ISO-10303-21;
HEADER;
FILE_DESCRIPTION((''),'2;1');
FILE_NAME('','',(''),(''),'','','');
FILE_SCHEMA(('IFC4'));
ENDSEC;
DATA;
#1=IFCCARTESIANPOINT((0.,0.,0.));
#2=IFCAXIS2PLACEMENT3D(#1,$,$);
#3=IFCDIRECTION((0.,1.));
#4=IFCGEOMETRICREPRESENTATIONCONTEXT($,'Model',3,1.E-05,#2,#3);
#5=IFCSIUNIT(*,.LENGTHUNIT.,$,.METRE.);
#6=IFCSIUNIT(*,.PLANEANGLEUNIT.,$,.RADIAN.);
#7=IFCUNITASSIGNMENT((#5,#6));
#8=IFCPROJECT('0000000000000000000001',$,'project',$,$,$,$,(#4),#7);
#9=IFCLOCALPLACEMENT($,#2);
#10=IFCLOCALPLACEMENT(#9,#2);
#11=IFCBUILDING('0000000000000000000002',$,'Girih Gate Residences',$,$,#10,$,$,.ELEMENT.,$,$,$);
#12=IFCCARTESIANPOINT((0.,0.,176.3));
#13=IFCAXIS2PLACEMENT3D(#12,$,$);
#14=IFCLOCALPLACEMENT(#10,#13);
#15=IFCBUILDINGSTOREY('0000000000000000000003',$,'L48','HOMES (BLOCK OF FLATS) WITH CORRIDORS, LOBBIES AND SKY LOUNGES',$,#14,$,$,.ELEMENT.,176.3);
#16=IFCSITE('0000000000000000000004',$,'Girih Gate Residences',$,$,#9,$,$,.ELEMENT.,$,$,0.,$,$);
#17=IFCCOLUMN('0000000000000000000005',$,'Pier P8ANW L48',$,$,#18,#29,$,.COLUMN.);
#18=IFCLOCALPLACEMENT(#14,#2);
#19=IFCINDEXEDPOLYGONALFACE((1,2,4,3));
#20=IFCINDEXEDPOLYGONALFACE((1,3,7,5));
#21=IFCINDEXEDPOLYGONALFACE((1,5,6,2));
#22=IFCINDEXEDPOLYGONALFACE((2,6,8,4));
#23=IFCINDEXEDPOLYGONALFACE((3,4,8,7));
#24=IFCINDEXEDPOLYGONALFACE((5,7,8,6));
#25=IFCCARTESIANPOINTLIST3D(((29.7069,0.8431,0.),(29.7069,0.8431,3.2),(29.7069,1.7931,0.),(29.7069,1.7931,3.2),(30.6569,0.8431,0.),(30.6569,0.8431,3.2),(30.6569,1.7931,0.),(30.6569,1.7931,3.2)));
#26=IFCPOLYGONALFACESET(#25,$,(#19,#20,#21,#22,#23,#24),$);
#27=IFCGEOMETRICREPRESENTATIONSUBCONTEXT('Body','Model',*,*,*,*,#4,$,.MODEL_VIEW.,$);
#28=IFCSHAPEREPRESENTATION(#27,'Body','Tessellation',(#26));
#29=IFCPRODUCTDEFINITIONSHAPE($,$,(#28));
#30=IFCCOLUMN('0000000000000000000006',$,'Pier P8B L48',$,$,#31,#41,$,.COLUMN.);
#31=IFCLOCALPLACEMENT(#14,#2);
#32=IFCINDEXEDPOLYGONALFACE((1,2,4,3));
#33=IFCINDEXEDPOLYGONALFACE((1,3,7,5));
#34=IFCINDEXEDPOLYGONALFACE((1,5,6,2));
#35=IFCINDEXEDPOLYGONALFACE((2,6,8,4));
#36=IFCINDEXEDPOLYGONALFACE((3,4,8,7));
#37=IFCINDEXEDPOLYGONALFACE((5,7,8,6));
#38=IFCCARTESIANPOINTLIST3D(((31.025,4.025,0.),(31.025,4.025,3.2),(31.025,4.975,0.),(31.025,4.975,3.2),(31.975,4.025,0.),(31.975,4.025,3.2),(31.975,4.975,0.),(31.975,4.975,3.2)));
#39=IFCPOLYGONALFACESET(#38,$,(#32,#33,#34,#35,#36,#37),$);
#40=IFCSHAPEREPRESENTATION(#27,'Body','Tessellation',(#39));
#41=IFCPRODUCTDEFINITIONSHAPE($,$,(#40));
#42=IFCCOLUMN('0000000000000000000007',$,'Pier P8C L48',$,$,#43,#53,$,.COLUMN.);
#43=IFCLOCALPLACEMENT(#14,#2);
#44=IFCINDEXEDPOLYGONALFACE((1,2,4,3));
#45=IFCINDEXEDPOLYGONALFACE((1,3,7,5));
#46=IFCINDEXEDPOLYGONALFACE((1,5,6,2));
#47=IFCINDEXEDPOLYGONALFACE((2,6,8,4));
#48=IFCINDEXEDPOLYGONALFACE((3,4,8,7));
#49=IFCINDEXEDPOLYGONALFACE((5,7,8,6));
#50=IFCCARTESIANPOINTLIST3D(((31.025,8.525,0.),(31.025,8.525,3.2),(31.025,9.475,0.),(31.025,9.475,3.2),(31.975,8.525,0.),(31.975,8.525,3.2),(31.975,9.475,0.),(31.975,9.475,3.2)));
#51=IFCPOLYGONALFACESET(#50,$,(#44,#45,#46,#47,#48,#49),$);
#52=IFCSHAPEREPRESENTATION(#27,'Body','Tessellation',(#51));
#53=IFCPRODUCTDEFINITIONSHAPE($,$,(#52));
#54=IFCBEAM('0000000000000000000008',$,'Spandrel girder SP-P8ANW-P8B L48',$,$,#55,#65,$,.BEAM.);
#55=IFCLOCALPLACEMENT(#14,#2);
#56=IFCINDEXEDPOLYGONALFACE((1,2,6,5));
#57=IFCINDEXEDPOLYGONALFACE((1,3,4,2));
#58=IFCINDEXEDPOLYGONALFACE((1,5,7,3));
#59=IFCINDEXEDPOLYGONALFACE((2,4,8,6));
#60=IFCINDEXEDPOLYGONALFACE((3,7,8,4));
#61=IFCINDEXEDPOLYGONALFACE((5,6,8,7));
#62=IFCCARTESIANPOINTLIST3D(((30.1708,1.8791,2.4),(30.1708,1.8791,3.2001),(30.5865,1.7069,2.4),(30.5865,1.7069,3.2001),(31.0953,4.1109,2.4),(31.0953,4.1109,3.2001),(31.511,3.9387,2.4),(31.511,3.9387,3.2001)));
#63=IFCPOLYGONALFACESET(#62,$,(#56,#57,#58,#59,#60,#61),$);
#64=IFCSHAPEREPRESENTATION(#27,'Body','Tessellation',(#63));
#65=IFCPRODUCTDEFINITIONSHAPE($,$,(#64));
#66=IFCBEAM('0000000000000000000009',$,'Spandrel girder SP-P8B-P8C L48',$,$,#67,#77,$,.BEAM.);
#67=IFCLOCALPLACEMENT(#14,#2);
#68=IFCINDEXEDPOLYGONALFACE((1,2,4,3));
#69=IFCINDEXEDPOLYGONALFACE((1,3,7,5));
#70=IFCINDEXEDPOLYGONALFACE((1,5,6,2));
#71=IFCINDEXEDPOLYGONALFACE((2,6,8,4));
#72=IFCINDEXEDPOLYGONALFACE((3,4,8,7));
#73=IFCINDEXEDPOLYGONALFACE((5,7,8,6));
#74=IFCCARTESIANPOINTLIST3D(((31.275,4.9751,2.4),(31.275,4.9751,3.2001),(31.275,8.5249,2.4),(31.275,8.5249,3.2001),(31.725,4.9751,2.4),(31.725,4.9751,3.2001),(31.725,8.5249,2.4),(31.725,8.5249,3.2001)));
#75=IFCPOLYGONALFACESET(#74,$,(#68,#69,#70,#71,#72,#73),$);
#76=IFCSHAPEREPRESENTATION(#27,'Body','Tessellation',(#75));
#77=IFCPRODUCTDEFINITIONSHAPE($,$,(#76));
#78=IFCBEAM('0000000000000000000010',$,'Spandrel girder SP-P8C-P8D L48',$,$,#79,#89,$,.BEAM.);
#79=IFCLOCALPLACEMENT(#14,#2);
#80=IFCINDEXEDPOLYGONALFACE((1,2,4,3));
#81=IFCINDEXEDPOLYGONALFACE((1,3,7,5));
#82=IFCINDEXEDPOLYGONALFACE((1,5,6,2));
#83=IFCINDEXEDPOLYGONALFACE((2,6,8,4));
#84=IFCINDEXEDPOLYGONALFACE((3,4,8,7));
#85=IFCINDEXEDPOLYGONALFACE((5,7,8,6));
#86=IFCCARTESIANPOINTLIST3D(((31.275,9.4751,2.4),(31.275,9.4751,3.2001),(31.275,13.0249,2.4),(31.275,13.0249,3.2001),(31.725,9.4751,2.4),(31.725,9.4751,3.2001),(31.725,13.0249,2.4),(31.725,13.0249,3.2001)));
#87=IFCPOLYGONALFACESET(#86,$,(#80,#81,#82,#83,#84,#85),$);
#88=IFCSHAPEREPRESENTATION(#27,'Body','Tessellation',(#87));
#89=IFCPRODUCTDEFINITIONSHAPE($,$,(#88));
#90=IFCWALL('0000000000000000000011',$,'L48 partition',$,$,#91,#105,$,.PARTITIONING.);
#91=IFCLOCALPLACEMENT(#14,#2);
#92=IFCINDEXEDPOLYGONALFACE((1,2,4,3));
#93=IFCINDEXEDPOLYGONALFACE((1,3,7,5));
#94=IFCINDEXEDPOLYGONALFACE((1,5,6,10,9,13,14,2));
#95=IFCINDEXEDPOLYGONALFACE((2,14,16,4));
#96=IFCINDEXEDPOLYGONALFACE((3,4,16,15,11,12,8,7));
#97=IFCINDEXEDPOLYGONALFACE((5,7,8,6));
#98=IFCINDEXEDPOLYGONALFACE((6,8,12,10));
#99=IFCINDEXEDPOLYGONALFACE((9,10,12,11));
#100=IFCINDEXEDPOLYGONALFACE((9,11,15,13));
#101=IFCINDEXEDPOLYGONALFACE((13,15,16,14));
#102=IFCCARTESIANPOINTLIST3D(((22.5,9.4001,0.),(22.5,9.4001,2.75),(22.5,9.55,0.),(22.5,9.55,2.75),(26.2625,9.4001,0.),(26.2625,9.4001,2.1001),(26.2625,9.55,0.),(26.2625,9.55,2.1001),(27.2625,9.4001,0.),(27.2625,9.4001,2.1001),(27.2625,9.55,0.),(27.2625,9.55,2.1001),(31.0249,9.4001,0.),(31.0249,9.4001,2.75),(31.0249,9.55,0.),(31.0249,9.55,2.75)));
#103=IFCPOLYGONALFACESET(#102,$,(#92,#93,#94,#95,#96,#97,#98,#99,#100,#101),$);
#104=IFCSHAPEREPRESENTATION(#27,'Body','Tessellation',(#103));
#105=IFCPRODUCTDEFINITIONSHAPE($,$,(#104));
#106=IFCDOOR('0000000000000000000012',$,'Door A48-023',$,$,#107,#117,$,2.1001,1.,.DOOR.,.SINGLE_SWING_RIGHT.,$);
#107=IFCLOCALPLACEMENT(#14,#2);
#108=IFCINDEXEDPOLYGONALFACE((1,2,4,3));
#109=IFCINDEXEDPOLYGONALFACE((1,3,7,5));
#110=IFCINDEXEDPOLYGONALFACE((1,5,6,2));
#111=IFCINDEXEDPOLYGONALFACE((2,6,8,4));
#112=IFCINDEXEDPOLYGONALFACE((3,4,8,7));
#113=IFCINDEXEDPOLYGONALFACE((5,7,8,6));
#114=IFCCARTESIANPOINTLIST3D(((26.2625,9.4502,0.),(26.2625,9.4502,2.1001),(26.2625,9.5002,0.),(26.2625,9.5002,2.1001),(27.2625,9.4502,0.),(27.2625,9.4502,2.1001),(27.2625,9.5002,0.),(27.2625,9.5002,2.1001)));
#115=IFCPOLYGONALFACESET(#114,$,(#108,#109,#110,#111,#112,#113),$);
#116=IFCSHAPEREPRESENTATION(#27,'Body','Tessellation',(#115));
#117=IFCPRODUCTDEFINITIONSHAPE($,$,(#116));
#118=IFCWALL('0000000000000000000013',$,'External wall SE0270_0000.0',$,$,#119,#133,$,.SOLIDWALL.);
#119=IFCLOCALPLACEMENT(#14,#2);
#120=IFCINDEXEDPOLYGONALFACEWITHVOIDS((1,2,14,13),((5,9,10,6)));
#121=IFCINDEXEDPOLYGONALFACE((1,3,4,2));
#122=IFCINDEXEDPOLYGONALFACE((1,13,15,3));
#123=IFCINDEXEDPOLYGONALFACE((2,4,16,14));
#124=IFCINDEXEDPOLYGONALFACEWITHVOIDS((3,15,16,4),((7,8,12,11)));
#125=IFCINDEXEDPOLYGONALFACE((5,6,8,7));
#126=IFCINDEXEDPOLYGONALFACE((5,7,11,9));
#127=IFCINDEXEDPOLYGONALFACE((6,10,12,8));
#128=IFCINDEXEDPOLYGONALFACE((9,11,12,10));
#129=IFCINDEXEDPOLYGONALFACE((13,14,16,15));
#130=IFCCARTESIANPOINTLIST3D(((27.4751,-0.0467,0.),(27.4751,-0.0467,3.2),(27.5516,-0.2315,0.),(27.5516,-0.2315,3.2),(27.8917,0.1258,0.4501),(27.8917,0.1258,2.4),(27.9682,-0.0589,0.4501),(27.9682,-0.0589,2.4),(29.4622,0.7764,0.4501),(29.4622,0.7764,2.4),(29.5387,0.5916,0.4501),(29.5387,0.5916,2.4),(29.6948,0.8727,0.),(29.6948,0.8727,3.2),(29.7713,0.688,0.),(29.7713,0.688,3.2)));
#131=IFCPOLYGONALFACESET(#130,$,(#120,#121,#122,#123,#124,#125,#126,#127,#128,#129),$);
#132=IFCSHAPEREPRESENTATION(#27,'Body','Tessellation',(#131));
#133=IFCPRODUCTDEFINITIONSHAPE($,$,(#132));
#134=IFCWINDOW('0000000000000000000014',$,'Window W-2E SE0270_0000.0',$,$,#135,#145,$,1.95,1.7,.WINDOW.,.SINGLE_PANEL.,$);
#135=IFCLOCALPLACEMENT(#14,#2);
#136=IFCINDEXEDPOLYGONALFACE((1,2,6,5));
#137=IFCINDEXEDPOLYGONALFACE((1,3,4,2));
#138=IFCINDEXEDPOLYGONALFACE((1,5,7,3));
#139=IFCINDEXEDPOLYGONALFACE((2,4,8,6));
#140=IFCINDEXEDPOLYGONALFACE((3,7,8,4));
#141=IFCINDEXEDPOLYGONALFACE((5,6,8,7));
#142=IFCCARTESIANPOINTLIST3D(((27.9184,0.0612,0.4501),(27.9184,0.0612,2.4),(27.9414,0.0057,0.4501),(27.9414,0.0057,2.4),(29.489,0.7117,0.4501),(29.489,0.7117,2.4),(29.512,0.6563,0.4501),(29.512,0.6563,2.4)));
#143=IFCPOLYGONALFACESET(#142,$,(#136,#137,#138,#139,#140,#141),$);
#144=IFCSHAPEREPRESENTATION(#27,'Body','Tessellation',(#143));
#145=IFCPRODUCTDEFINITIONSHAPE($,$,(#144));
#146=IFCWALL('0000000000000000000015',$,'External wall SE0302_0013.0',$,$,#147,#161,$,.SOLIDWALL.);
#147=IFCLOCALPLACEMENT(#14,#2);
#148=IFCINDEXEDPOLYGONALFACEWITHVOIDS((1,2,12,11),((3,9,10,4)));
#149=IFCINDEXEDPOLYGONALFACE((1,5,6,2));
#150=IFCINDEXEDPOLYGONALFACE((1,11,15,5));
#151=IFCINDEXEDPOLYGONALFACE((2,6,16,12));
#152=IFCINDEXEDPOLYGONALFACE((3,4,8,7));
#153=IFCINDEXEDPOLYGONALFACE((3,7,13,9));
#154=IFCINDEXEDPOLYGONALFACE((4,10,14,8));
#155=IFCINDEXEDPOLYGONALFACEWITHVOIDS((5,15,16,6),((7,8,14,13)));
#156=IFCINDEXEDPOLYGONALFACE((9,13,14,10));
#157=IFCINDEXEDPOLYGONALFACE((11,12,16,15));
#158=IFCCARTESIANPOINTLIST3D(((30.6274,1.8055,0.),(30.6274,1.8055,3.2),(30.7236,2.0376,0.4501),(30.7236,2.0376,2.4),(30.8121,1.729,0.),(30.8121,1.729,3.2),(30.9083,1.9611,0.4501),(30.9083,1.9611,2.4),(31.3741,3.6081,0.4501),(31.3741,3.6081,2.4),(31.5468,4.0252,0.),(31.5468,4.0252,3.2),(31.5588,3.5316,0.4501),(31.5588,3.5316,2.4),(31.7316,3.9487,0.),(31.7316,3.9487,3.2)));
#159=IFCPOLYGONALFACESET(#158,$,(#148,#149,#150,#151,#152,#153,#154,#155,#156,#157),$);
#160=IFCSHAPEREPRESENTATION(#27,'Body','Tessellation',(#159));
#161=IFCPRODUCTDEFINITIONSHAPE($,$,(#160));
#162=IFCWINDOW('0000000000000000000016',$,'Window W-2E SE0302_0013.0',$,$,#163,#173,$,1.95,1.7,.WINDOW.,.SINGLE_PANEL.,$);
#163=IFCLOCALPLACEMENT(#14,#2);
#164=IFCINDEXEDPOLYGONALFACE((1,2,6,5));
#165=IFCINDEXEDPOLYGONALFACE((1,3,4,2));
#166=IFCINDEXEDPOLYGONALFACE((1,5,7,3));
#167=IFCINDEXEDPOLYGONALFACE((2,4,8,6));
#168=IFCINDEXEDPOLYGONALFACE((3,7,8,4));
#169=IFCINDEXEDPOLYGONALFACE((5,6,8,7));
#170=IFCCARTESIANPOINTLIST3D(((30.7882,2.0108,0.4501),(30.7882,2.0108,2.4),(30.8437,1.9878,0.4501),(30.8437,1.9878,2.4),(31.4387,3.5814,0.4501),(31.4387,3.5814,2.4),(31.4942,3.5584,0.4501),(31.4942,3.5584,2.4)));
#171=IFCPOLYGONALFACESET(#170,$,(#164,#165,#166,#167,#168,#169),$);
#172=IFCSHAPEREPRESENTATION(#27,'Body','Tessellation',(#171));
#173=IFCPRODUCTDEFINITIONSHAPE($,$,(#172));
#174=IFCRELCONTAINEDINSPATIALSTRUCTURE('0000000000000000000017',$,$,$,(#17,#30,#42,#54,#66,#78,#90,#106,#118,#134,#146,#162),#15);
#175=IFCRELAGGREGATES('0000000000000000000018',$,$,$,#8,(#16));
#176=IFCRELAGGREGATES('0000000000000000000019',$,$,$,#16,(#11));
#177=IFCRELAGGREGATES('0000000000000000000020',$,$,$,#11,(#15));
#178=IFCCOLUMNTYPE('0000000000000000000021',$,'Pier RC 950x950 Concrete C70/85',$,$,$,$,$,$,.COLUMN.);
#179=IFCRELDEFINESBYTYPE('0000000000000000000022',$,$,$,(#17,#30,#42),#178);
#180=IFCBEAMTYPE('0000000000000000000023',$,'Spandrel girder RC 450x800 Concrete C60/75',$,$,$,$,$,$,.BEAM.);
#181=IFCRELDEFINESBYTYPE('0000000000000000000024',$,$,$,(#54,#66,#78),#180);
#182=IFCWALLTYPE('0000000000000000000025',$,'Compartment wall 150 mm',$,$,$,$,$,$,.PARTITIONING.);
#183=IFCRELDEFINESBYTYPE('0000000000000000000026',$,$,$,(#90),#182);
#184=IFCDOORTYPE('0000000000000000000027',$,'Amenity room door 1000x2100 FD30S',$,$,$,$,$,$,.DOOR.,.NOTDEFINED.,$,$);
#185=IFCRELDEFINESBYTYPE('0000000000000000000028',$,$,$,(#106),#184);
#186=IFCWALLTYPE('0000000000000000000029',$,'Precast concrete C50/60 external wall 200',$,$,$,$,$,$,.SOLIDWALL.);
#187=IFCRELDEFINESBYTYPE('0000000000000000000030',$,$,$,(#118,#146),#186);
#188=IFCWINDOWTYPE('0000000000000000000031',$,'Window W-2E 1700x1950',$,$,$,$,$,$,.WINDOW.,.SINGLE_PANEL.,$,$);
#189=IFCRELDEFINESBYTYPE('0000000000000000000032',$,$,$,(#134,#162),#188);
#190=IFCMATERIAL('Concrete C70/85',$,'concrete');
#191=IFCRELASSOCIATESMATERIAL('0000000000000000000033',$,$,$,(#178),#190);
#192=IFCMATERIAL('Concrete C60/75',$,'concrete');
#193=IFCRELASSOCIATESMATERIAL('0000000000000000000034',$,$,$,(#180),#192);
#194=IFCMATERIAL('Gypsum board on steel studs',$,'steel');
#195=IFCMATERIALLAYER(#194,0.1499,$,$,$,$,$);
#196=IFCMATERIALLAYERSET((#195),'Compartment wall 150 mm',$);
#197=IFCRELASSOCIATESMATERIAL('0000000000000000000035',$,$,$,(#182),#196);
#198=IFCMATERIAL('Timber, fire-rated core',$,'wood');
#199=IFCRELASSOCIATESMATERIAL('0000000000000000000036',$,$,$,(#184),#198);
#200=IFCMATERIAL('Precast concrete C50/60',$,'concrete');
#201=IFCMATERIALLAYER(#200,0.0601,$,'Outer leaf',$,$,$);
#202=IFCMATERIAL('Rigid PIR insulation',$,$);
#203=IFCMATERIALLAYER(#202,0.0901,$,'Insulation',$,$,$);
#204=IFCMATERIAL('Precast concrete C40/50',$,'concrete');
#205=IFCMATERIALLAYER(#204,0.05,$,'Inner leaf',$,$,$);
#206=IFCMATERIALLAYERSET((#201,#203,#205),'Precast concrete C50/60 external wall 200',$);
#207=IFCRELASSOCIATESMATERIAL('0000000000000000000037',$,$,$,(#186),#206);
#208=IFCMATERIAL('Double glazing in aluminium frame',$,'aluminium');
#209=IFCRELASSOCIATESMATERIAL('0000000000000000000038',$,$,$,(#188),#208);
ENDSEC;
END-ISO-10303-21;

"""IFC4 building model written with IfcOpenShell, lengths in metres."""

from ifc_helpers import new_model, si_unit, direction, frame, frame_2d, origin, origin_2d, place, context, subcontext, project, spatial, rectangle, extrude, material, layer, layer_set, material_profile, profile_set, type_object, element, fill, save


model = new_model("IFC4")

# Units and contexts
model_context = context("Model", 3, precision=1e-05, world=origin(), true_north=direction((0.0, 1.0)))
body_context = subcontext(model_context, "Body", "Model", "MODEL_VIEW")
ifc_project = project(units=[si_unit("LENGTHUNIT", "METRE"), si_unit("PLANEANGLEUNIT", "RADIAN")], contexts=[model_context])

# Site, building, storey
site_placement = place(None, origin())
site = spatial("IfcSite", under=ifc_project, at=site_placement, Name="Girih Gate Residences", CompositionType="ELEMENT", RefElevation=0.0)
building_placement = place(site_placement, origin())
building = spatial("IfcBuilding", under=site, at=building_placement, Name="Girih Gate Residences", CompositionType="ELEMENT")
storey_placement = place(building_placement, frame((0.0, 0.0, 176.3)))
storey = spatial("IfcBuildingStorey", under=building, at=storey_placement, Name="L48", Description="HOMES (BLOCK OF FLATS) WITH CORRIDORS, LOBBIES AND SKY LOUNGES", CompositionType="ELEMENT", Elevation=176.3)

# Columns
ifc_material_1 = material(Name="Concrete C70/85", Category="concrete")
ifc_material_profile_1 = material_profile(ifc_material_1, rectangle(XDim=0.95, YDim=0.95, at=origin_2d()))
ifc_profile_set_1 = profile_set([ifc_material_profile_1], Name="Concrete C70/85")
column_type = type_object("IfcColumnType", Name="Pier RC 950x950 Concrete C70/85", PredefinedType="COLUMN", material=ifc_profile_set_1)
for number, where, z_axis, x_axis, name in (
    (1, (30.1819, 1.3181, 0.0), (0.0, 0.0, 1.0), (1.0, 0.0, 0.0), "Pier P8ANW L48"),
    (2, (31.5, 4.5, 0.0), (0.0, 0.0, 1.0), (1.0, 0.0, 0.0), "Pier P8B L48"),
    (3, (31.5, 9.0, 0.0), (0.0, 0.0, 1.0), (1.0, 0.0, 0.0), "Pier P8C L48"),
):
    element("IfcColumn", number, at=place(storey_placement, frame(where, z_axis=z_axis, x_axis=x_axis)), inside=storey, type_object=column_type, Name=name, PredefinedType="COLUMN", context=body_context, shape_type="SweptSolid", body=[
        extrude(rectangle(XDim=0.95, YDim=0.95, at=origin_2d()), origin(), (0.0, 0.0, 1.0), 3.2),
    ])

# Beams
ifc_material_2 = material(Name="Concrete C60/75", Category="concrete")
ifc_material_profile_2 = material_profile(ifc_material_2, rectangle(XDim=0.45, YDim=0.8, at=origin_2d()))
ifc_profile_set_2 = profile_set([ifc_material_profile_2], Name="Concrete C60/75")
beam_type = type_object("IfcBeamType", Name="Spandrel girder RC 450x800 Concrete C60/75", PredefinedType="BEAM", material=ifc_profile_set_2)
beam_placement = place(storey_placement, frame((30.3787, 1.793, 2.8), z_axis=(0.382706, 0.92387, 0.0), x_axis=(-0.92387, 0.382706, 0.0)))
element("IfcBeam", 4, at=beam_placement, inside=storey, type_object=beam_type, Name="Spandrel girder SP-P8ANW-P8B L48", PredefinedType="BEAM", context=body_context, shape_type="SweptSolid", body=[
    extrude(rectangle(XDim=0.45, YDim=0.8, at=origin_2d()), origin(), (0.0, 0.0, 1.0), 2.4158),
])
for number, where, z_axis, x_axis, name in (
    (5, (31.5, 4.9751, 2.8), (0.0, 1.0, 0.0), (-1.0, 0.0, 0.0), "Spandrel girder SP-P8B-P8C L48"),
    (6, (31.5, 9.4751, 2.8), (0.0, 1.0, 0.0), (-1.0, 0.0, 0.0), "Spandrel girder SP-P8C-P8D L48"),
):
    element("IfcBeam", number, at=place(storey_placement, frame(where, z_axis=z_axis, x_axis=x_axis)), inside=storey, type_object=beam_type, Name=name, PredefinedType="BEAM", context=body_context, shape_type="SweptSolid", body=[
        extrude(rectangle(XDim=0.45, YDim=0.8, at=origin_2d()), origin(), (0.0, 0.0, 1.0), 3.5498),
    ])

# Wall, opening, door
ifc_material_3 = material(Name="Gypsum board on steel studs", Category="steel")
ifc_layer_1 = layer(ifc_material_3, 0.1499)
ifc_layer_set_1 = layer_set([ifc_layer_1], Name="Compartment wall 150 mm")
wall_type_1 = type_object("IfcWallType", Name="Compartment wall 150 mm", PredefinedType="PARTITIONING", material=ifc_layer_set_1)
wall_1_placement = place(storey_placement, frame((31.0249, 9.4751, 0.0), z_axis=(0.0, 0.0, 1.0), x_axis=(-1.0, 0.0, 0.0)))
wall_1 = element("IfcWall", 7, at=wall_1_placement, inside=storey, type_object=wall_type_1, Name="L48 partition", PredefinedType="PARTITIONING", context=body_context, shape_type="SweptSolid", body=[
    extrude(rectangle(XDim=8.5249, YDim=0.1499, at=frame_2d((4.2625, 0.0))), origin(), (0.0, 0.0, 1.0), 2.75),
])
opening_1_placement = place(wall_1_placement, frame((3.7625, 0.0, 0.0)))
opening_1 = element("IfcOpeningElement", 8, at=opening_1_placement, cuts=wall_1, PredefinedType="OPENING", context=body_context, shape_type="SweptSolid", body=[
    extrude(rectangle(XDim=1.0, YDim=2.1001, at=frame_2d((0.5, 1.05))), frame((0.0, 0.085, 0.0), z_axis=(0.0, -1.0, 0.0), x_axis=(1.0, 0.0, 0.0)), (0.0, 0.0, 1.0), 0.1699),
])
ifc_material_4 = material(Name="Timber, fire-rated core", Category="wood")
door_type_1 = type_object("IfcDoorType", Name="Amenity room door 1000x2100 FD30S", OperationType="NOTDEFINED", PredefinedType="DOOR", material=ifc_material_4)
door_1_placement = place(opening_1_placement, origin())
door_1 = element("IfcDoor", 9, at=door_1_placement, inside=storey, type_object=door_type_1, Name="Door A48-023", OperationType="SINGLE_SWING_RIGHT", OverallHeight=2.1001, OverallWidth=1.0, PredefinedType="DOOR", context=body_context, shape_type="SweptSolid", body=[
    extrude(rectangle(XDim=1.0, YDim=2.1001, at=frame_2d((0.5, 1.05))), frame((0.0, 0.0249, 0.0), z_axis=(0.0, -1.0, 0.0), x_axis=(1.0, 0.0, 0.0)), (0.0, 0.0, 1.0), 0.05),
])
fill(opening_1, door_1)

# Walls, openings, windows
ifc_material_5 = material(Name="Precast concrete C50/60", Category="concrete")
ifc_layer_2 = layer(ifc_material_5, 0.0601, Name="Outer leaf")
ifc_material_6 = material(Name="Rigid PIR insulation")
ifc_layer_3 = layer(ifc_material_6, 0.0901, Name="Insulation")
ifc_material_7 = material(Name="Precast concrete C40/50", Category="concrete")
ifc_layer_4 = layer(ifc_material_7, 0.05, Name="Inner leaf")
ifc_layer_set_2 = layer_set([ifc_layer_2, ifc_layer_3, ifc_layer_4], Name="Precast concrete C50/60 external wall 200")
wall_type_2 = type_object("IfcWallType", Name="Precast concrete C50/60 external wall 200", PredefinedType="SOLIDWALL", material=ifc_layer_set_2)
wall_2_placement = place(storey_placement, frame((29.7329, 0.7803, 0.0), z_axis=(0.0, 0.0, 1.0), x_axis=(-0.923881, -0.382681, 0.0)))
wall_2 = element("IfcWall", 10, at=wall_2_placement, inside=storey, type_object=wall_type_2, Name="External wall SE0270_0000.0", PredefinedType="SOLIDWALL", context=body_context, shape_type="SweptSolid", body=[
    extrude(rectangle(XDim=2.4026, YDim=0.2, at=frame_2d((1.2012, 0.0))), origin(), (0.0, 0.0, 1.0), 3.2),
])
opening_2_placement = place(wall_2_placement, frame((0.2515, 0.0, 0.45)))
opening_2 = element("IfcOpeningElement", 11, at=opening_2_placement, cuts=wall_2, PredefinedType="OPENING", context=body_context, shape_type="SweptSolid", body=[
    extrude(rectangle(XDim=1.7, YDim=1.95, at=frame_2d((0.8501, 0.9751))), frame((0.0, 0.1099, 0.0), z_axis=(0.0, -1.0, 0.0), x_axis=(1.0, 0.0, 0.0)), (0.0, 0.0, 1.0), 0.22),
])
ifc_material_8 = material(Name="Double glazing in aluminium frame", Category="aluminium")
window_type = type_object("IfcWindowType", Name="Window W-2E 1700x1950", PartitioningType="SINGLE_PANEL", PredefinedType="WINDOW", material=ifc_material_8)
window_1_placement = place(opening_2_placement, origin())
window_1 = element("IfcWindow", 12, at=window_1_placement, inside=storey, type_object=window_type, Name="Window W-2E SE0270_0000.0", OverallHeight=1.95, OverallWidth=1.7, PartitioningType="SINGLE_PANEL", PredefinedType="WINDOW", context=body_context, shape_type="SweptSolid", body=[
    extrude(rectangle(XDim=1.7, YDim=1.95, at=frame_2d((0.8501, 0.9751))), frame((0.0, 0.03, 0.0), z_axis=(0.0, -1.0, 0.0), x_axis=(1.0, 0.0, 0.0)), (0.0, 0.0, 1.0), 0.0601),
])
fill(opening_2, window_1)
wall_3_placement = place(storey_placement, frame((31.6392, 3.9868, 0.0), z_axis=(0.0, 0.0, 1.0), x_axis=(-0.382681, -0.923881, 0.0)))
wall_3 = element("IfcWall", 13, at=wall_3_placement, inside=storey, type_object=wall_type_2, Name="External wall SE0302_0013.0", PredefinedType="SOLIDWALL", context=body_context, shape_type="SweptSolid", body=[
    extrude(rectangle(XDim=2.4026, YDim=0.2, at=frame_2d((1.2012, 0.0))), origin(), (0.0, 0.0, 1.0), 3.2),
])
opening_3_placement = place(wall_3_placement, frame((0.4512, 0.0, 0.45)))
opening_3 = element("IfcOpeningElement", 14, at=opening_3_placement, cuts=wall_3, PredefinedType="OPENING", context=body_context, shape_type="SweptSolid", body=[
    extrude(rectangle(XDim=1.7, YDim=1.95, at=frame_2d((0.8501, 0.9751))), frame((0.0, 0.1099, 0.0), z_axis=(0.0, -1.0, 0.0), x_axis=(1.0, 0.0, 0.0)), (0.0, 0.0, 1.0), 0.22),
])
window_2_placement = place(opening_3_placement, origin())
window_2 = element("IfcWindow", 15, at=window_2_placement, inside=storey, type_object=window_type, Name="Window W-2E SE0302_0013.0", OverallHeight=1.95, OverallWidth=1.7, PartitioningType="SINGLE_PANEL", PredefinedType="WINDOW", context=body_context, shape_type="SweptSolid", body=[
    extrude(rectangle(XDim=1.7, YDim=1.95, at=frame_2d((0.8501, 0.9751))), frame((0.0, 0.03, 0.0), z_axis=(0.0, -1.0, 0.0), x_axis=(1.0, 0.0, 0.0)), (0.0, 0.0, 1.0), 0.0601),
])
fill(opening_3, window_2)

save(model, "model.ifc")
